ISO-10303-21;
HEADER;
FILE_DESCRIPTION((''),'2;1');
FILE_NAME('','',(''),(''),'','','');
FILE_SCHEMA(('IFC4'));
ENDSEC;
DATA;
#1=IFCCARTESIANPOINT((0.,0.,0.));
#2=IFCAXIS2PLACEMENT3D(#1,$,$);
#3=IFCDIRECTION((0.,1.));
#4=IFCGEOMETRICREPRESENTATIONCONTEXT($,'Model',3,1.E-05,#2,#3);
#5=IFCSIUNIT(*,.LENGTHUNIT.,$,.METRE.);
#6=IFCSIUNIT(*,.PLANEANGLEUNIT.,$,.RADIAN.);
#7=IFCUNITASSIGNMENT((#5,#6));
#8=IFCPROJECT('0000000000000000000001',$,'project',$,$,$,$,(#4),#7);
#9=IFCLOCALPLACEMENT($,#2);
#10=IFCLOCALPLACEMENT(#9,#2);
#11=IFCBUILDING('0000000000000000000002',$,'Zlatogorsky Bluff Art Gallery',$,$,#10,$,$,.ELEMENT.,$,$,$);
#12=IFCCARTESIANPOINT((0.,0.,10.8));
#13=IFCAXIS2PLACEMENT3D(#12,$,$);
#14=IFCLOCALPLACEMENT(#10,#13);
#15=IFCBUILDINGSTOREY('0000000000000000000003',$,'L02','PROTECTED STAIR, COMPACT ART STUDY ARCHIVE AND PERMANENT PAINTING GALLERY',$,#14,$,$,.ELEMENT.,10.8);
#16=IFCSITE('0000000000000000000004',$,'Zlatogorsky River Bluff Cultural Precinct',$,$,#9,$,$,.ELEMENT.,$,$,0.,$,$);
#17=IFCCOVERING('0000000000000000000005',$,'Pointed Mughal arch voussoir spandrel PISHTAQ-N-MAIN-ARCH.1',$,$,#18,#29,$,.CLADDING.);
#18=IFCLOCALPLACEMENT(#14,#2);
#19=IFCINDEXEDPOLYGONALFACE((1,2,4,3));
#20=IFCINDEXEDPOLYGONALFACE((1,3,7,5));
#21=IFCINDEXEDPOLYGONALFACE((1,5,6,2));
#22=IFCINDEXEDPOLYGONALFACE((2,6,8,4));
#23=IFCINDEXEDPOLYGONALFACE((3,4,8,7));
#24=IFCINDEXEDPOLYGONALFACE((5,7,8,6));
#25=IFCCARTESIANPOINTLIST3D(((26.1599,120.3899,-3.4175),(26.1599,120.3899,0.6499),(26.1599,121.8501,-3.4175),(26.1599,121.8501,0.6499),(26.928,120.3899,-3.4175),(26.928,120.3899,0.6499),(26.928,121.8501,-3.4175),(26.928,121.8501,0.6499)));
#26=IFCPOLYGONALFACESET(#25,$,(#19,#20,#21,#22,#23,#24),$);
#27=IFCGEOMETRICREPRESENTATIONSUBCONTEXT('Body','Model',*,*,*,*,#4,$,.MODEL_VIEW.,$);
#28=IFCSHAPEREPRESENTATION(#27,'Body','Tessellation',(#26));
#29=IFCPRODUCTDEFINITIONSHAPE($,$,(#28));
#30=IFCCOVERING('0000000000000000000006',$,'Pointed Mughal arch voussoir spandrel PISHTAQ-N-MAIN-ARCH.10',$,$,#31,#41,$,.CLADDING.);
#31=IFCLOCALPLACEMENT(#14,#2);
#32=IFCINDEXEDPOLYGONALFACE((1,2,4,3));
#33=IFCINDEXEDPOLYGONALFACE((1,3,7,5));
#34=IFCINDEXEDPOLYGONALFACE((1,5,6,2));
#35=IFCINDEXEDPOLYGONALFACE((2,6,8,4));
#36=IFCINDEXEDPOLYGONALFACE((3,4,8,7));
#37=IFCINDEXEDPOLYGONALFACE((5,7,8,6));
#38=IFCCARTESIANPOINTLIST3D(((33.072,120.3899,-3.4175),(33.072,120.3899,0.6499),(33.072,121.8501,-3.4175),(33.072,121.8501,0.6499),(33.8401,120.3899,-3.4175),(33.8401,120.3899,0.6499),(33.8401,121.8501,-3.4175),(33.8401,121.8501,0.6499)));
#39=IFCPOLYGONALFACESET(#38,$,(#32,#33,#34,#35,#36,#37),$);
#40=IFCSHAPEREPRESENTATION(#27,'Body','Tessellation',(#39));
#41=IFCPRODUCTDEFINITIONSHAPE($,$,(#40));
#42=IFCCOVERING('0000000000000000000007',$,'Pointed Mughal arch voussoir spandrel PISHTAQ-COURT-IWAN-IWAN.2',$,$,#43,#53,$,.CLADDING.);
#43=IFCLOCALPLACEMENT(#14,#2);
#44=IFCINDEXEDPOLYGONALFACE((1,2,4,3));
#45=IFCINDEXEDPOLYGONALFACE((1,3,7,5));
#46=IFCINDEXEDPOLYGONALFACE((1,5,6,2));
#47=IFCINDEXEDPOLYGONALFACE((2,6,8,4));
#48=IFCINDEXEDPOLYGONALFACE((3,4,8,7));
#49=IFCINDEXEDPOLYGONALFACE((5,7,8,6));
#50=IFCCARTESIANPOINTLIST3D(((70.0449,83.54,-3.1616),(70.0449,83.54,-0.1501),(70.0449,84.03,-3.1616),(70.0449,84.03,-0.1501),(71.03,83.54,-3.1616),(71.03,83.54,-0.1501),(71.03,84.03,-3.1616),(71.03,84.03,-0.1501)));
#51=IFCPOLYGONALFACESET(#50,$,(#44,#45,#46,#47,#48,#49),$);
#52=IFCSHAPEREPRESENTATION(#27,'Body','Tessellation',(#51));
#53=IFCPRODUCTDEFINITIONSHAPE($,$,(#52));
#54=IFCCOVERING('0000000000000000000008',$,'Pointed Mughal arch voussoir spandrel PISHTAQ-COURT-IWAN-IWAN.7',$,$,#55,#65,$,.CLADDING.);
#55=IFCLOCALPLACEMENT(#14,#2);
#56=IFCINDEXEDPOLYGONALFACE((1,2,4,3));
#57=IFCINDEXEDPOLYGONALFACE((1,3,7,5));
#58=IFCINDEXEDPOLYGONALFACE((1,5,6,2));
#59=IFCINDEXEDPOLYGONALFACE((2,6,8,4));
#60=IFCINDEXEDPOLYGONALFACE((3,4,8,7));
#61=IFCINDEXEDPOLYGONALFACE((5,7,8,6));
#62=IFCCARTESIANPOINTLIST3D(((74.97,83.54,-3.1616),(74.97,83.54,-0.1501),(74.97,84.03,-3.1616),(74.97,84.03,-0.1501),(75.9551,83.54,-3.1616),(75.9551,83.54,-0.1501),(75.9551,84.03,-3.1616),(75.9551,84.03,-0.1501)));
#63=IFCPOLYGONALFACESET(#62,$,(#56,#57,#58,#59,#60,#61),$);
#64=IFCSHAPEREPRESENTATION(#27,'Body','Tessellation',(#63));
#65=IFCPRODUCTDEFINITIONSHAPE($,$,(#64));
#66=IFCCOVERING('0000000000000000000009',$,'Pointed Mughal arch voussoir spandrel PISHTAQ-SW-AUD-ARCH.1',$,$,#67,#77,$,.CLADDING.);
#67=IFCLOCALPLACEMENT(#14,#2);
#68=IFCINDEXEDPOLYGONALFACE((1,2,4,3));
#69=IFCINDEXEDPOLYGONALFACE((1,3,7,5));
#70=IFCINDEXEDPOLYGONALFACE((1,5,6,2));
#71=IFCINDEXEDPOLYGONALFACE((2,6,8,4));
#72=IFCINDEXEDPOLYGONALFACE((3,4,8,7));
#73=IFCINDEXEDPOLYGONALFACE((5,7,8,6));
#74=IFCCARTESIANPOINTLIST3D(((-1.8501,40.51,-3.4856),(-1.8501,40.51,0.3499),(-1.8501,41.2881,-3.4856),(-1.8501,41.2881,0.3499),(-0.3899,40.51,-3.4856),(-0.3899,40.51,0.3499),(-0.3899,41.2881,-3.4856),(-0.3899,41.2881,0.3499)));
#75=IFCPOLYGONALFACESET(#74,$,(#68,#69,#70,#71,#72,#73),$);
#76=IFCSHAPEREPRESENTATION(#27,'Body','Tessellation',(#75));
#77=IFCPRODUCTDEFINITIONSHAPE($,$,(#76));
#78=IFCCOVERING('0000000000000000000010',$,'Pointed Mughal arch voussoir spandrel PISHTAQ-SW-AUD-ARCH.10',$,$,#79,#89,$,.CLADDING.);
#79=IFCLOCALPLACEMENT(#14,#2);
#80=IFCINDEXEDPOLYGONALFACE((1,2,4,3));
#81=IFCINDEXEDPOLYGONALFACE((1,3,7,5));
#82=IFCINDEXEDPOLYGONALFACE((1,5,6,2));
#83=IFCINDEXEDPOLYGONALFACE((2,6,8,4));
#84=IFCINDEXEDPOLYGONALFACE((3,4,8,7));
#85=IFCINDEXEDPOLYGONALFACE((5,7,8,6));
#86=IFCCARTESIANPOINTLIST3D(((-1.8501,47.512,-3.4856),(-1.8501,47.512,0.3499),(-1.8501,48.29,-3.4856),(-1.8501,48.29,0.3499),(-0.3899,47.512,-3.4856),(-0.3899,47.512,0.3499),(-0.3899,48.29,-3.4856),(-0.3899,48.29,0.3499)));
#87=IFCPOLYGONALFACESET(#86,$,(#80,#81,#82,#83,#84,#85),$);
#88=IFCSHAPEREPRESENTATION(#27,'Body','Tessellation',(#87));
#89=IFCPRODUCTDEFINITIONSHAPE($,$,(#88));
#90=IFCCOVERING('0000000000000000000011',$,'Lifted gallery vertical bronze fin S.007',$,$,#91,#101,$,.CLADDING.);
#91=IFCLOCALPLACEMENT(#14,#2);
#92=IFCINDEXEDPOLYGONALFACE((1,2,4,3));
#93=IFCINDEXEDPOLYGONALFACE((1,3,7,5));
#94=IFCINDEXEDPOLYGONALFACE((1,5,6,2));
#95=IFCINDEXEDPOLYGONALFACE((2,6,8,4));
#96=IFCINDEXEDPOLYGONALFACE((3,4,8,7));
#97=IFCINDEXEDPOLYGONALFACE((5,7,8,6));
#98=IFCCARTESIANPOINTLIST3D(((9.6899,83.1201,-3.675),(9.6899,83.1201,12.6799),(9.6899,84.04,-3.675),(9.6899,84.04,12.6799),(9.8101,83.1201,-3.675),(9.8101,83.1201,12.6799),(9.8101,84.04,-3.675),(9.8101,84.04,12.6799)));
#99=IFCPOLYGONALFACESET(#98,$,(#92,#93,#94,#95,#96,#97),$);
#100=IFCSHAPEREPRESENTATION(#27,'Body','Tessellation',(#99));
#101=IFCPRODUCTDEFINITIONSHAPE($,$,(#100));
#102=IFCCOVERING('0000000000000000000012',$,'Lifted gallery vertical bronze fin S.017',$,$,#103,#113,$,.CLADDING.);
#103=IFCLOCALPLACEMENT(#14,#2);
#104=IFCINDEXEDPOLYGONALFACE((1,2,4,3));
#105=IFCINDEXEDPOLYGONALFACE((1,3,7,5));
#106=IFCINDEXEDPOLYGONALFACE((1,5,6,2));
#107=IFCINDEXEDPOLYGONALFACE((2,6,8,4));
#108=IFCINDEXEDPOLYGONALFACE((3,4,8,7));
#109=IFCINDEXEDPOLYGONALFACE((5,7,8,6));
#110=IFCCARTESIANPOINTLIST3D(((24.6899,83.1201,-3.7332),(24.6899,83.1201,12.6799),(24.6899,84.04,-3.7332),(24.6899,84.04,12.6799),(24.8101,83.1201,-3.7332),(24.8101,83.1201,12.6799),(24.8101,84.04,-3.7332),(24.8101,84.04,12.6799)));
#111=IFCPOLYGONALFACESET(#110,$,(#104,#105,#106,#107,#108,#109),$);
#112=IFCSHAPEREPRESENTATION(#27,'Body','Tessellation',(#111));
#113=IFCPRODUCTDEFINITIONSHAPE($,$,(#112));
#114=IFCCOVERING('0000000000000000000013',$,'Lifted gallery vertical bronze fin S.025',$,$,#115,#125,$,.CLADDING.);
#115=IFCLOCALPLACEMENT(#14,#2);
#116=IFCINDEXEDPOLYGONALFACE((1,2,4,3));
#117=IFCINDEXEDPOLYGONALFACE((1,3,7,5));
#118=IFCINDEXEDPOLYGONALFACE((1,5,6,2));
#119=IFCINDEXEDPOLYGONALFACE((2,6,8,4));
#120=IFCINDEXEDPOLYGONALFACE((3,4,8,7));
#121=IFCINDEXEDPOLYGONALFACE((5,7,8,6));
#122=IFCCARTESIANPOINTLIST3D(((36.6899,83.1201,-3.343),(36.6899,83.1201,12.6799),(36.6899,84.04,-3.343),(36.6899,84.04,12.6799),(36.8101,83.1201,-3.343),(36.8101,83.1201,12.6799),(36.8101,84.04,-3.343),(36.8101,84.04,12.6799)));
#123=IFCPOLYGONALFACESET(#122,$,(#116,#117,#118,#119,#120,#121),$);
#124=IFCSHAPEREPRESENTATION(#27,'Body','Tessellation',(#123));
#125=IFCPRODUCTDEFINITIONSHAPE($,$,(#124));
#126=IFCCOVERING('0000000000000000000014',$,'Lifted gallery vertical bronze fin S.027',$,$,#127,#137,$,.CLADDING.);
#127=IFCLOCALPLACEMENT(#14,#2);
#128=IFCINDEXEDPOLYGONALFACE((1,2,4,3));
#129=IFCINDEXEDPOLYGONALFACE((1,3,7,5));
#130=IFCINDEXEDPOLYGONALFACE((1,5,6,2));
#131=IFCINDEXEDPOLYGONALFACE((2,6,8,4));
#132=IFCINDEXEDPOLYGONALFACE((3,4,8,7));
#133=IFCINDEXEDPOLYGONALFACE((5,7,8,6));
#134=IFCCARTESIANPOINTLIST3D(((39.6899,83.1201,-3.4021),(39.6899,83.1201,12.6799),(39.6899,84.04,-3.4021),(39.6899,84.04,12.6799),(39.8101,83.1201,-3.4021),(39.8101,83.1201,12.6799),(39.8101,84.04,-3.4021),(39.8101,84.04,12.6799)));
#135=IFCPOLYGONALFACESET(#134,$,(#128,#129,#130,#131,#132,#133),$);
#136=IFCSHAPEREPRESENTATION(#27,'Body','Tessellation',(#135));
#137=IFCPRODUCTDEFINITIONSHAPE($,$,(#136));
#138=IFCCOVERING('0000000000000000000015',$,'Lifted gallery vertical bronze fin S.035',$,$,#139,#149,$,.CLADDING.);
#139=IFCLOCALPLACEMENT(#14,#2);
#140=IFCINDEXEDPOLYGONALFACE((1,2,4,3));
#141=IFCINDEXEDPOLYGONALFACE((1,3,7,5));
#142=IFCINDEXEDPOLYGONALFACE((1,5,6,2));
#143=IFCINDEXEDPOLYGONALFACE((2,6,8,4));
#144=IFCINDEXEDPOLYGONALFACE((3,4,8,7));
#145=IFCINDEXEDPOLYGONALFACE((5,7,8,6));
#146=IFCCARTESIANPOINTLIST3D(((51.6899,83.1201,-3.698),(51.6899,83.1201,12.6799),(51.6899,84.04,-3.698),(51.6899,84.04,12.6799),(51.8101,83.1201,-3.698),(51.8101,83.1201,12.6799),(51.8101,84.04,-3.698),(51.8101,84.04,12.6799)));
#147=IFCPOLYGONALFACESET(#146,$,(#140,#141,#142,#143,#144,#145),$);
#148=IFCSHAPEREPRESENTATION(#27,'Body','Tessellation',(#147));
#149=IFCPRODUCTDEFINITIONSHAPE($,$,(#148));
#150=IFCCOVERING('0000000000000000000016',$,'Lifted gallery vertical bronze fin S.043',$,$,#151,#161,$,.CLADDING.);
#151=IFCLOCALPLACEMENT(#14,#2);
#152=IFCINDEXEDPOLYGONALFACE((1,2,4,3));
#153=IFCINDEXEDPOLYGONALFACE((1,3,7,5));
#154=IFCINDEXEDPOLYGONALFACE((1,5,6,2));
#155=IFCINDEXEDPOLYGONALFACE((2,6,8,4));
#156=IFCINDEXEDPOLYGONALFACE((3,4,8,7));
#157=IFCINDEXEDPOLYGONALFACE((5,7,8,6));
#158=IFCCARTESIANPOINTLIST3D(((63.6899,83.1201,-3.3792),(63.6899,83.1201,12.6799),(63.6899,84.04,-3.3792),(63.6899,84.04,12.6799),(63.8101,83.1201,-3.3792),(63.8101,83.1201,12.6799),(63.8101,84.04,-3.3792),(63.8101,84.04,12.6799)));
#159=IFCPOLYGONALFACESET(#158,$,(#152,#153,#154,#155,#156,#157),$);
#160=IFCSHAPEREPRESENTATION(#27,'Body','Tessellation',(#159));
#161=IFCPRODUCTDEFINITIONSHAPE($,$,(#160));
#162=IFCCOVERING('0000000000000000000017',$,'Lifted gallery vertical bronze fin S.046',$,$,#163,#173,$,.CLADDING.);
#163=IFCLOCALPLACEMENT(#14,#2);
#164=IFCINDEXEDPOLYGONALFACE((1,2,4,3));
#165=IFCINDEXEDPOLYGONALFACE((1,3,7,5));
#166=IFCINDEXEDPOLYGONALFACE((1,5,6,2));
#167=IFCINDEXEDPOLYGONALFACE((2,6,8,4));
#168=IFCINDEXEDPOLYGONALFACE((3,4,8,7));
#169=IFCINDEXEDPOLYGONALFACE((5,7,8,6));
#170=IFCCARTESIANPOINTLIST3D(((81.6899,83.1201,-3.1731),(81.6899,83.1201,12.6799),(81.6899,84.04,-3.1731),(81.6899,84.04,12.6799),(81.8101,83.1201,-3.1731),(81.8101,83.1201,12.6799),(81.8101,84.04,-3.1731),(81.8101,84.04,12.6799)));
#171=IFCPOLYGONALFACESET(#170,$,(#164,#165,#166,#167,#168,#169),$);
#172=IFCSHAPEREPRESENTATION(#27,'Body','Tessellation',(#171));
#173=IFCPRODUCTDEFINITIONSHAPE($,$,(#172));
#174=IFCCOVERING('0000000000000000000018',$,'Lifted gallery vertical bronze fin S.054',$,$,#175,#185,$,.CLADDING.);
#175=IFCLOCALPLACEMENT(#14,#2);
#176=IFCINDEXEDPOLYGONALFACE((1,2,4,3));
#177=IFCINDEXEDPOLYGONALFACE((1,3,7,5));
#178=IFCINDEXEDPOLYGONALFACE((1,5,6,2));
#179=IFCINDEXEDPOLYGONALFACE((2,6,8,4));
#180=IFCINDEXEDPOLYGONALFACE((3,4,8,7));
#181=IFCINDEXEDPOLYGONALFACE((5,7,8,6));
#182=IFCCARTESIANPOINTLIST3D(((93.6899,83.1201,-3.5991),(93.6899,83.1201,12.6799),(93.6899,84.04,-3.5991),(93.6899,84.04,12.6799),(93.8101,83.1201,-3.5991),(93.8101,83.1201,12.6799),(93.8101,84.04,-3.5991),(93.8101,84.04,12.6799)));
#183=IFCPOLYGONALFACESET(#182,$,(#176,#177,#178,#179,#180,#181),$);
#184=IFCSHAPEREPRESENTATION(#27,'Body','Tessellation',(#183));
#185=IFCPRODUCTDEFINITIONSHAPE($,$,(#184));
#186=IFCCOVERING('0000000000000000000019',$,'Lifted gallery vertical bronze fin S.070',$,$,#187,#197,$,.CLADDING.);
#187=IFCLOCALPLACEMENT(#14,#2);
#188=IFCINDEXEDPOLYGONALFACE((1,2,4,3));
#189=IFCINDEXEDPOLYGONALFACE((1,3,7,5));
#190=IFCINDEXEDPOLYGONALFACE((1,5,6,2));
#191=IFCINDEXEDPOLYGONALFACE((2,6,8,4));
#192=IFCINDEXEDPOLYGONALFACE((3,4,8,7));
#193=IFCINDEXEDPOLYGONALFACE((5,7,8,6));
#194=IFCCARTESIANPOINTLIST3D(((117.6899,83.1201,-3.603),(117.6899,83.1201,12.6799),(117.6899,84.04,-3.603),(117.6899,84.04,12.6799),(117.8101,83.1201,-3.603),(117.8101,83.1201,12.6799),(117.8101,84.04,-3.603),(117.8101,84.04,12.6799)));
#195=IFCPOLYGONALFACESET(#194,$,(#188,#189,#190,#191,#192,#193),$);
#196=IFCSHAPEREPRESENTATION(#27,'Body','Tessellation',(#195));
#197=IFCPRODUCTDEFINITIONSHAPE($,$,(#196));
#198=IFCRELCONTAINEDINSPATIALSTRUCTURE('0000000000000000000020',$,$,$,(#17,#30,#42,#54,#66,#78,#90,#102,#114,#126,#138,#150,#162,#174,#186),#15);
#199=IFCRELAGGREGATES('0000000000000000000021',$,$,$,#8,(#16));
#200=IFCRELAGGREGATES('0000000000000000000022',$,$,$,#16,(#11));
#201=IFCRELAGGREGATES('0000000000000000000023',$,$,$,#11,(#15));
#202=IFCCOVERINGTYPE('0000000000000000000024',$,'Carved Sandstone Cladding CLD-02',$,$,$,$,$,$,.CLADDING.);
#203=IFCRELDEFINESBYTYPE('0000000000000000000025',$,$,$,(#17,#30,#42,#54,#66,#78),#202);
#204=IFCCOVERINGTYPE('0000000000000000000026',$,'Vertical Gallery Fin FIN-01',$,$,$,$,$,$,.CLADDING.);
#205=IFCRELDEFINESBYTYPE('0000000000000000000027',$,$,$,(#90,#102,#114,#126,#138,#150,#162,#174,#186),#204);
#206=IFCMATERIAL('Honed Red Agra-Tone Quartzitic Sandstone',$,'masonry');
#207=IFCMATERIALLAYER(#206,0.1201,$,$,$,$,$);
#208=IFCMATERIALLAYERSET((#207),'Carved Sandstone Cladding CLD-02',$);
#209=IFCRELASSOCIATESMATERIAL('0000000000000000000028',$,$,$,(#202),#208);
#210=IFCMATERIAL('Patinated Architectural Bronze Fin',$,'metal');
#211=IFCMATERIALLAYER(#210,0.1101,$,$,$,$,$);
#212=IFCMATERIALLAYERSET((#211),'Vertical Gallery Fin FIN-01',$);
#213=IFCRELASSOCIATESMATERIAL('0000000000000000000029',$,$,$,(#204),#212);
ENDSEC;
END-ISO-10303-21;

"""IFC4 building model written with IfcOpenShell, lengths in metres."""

from ifc_helpers import new_model, si_unit, direction, frame, origin, place, context, subcontext, project, spatial, polyline, outline, extrude, material, layer, layer_set, type_object, element, save


model = new_model("IFC4")

# Units and contexts
model_context = context("Model", 3, precision=1e-05, world=origin(), true_north=direction((0.0, 1.0)))
body_context = subcontext(model_context, "Body", "Model", "MODEL_VIEW")
ifc_project = project(units=[si_unit("LENGTHUNIT", "METRE"), si_unit("PLANEANGLEUNIT", "RADIAN")], contexts=[model_context])

# Site, building, storey
site_placement = place(None, origin())
site = spatial("IfcSite", under=ifc_project, at=site_placement, Name="Zlatogorsky River Bluff Cultural Precinct", CompositionType="ELEMENT", RefElevation=0.0)
building_placement = place(site_placement, origin())
building = spatial("IfcBuilding", under=site, at=building_placement, Name="Zlatogorsky Bluff Art Gallery", CompositionType="ELEMENT")
storey_placement = place(building_placement, frame((0.0, 0.0, 10.8)))
storey = spatial("IfcBuildingStorey", under=building, at=storey_placement, Name="L02", Description="PROTECTED STAIR, COMPACT ART STUDY ARCHIVE AND PERMANENT PAINTING GALLERY", CompositionType="ELEMENT", Elevation=10.8)

# Coverings
ifc_material_1 = material(Name="Honed Red Agra-Tone Quartzitic Sandstone", Category="masonry")
ifc_layer_1 = layer(ifc_material_1, 0.1201)
ifc_layer_set_1 = layer_set([ifc_layer_1], Name="Carved Sandstone Cladding CLD-02")
covering_type_1 = type_object("IfcCoveringType", Name="Carved Sandstone Cladding CLD-02", PredefinedType="CLADDING", material=ifc_layer_set_1)
covering_1_placement = place(storey_placement, frame((0.0, 0.0, -3.4175)))
element("IfcCovering", 1, at=covering_1_placement, inside=storey, type_object=covering_type_1, Name="Pointed Mughal arch voussoir spandrel PISHTAQ-N-MAIN-ARCH.1", PredefinedType="CLADDING", context=body_context, shape_type="SweptSolid", body=[
    extrude(outline(polyline([(26.1599, 120.3899), (26.928, 120.3899), (26.928, 121.8501), (26.1599, 121.8501), (26.1599, 120.3899)])), origin(), (0.0, 0.0, 1.0), 4.0674),
])
covering_2_placement = place(storey_placement, frame((0.0, 0.0, -3.4175)))
element("IfcCovering", 2, at=covering_2_placement, inside=storey, type_object=covering_type_1, Name="Pointed Mughal arch voussoir spandrel PISHTAQ-N-MAIN-ARCH.10", PredefinedType="CLADDING", context=body_context, shape_type="SweptSolid", body=[
    extrude(outline(polyline([(33.072, 120.3899), (33.8401, 120.3899), (33.8401, 121.8501), (33.072, 121.8501), (33.072, 120.3899)])), origin(), (0.0, 0.0, 1.0), 4.0674),
])
covering_3_placement = place(storey_placement, frame((0.0, 0.0, -3.1616)))
element("IfcCovering", 3, at=covering_3_placement, inside=storey, type_object=covering_type_1, Name="Pointed Mughal arch voussoir spandrel PISHTAQ-COURT-IWAN-IWAN.2", PredefinedType="CLADDING", context=body_context, shape_type="SweptSolid", body=[
    extrude(outline(polyline([(70.0449, 83.54), (71.03, 83.54), (71.03, 84.03), (70.0449, 84.03), (70.0449, 83.54)])), origin(), (0.0, 0.0, 1.0), 3.0115),
])
covering_4_placement = place(storey_placement, frame((0.0, 0.0, -3.1616)))
element("IfcCovering", 4, at=covering_4_placement, inside=storey, type_object=covering_type_1, Name="Pointed Mughal arch voussoir spandrel PISHTAQ-COURT-IWAN-IWAN.7", PredefinedType="CLADDING", context=body_context, shape_type="SweptSolid", body=[
    extrude(outline(polyline([(74.97, 83.54), (75.9551, 83.54), (75.9551, 84.03), (74.97, 84.03), (74.97, 83.54)])), origin(), (0.0, 0.0, 1.0), 3.0115),
])
covering_5_placement = place(storey_placement, frame((0.0, 0.0, -3.4856)))
element("IfcCovering", 5, at=covering_5_placement, inside=storey, type_object=covering_type_1, Name="Pointed Mughal arch voussoir spandrel PISHTAQ-SW-AUD-ARCH.1", PredefinedType="CLADDING", context=body_context, shape_type="SweptSolid", body=[
    extrude(outline(polyline([(-1.8501, 40.51), (-1.8501, 41.2881), (-0.3899, 41.2881), (-0.3899, 40.51), (-1.8501, 40.51)])), origin(), (0.0, 0.0, 1.0), 3.8354),
])
covering_6_placement = place(storey_placement, frame((0.0, 0.0, -3.4856)))
element("IfcCovering", 6, at=covering_6_placement, inside=storey, type_object=covering_type_1, Name="Pointed Mughal arch voussoir spandrel PISHTAQ-SW-AUD-ARCH.10", PredefinedType="CLADDING", context=body_context, shape_type="SweptSolid", body=[
    extrude(outline(polyline([(-1.8501, 47.512), (-1.8501, 48.29), (-0.3899, 48.29), (-0.3899, 47.512), (-1.8501, 47.512)])), origin(), (0.0, 0.0, 1.0), 3.8354),
])
ifc_material_2 = material(Name="Patinated Architectural Bronze Fin", Category="metal")
ifc_layer_2 = layer(ifc_material_2, 0.1101)
ifc_layer_set_2 = layer_set([ifc_layer_2], Name="Vertical Gallery Fin FIN-01")
covering_type_2 = type_object("IfcCoveringType", Name="Vertical Gallery Fin FIN-01", PredefinedType="CLADDING", material=ifc_layer_set_2)
covering_7_placement = place(storey_placement, frame((0.0, 0.0, -3.675)))
element("IfcCovering", 7, at=covering_7_placement, inside=storey, type_object=covering_type_2, Name="Lifted gallery vertical bronze fin S.007", PredefinedType="CLADDING", context=body_context, shape_type="SweptSolid", body=[
    extrude(outline(polyline([(9.6899, 83.1201), (9.8101, 83.1201), (9.8101, 84.04), (9.6899, 84.04), (9.6899, 83.1201)])), origin(), (0.0, 0.0, 1.0), 16.355),
])
covering_8_placement = place(storey_placement, frame((0.0, 0.0, -3.7332)))
element("IfcCovering", 8, at=covering_8_placement, inside=storey, type_object=covering_type_2, Name="Lifted gallery vertical bronze fin S.017", PredefinedType="CLADDING", context=body_context, shape_type="SweptSolid", body=[
    extrude(outline(polyline([(24.6899, 83.1201), (24.8101, 83.1201), (24.8101, 84.04), (24.6899, 84.04), (24.6899, 83.1201)])), origin(), (0.0, 0.0, 1.0), 16.4131),
])
covering_9_placement = place(storey_placement, frame((0.0, 0.0, -3.343)))
element("IfcCovering", 9, at=covering_9_placement, inside=storey, type_object=covering_type_2, Name="Lifted gallery vertical bronze fin S.025", PredefinedType="CLADDING", context=body_context, shape_type="SweptSolid", body=[
    extrude(outline(polyline([(36.6899, 83.1201), (36.8101, 83.1201), (36.8101, 84.04), (36.6899, 84.04), (36.6899, 83.1201)])), origin(), (0.0, 0.0, 1.0), 16.0229),
])
covering_10_placement = place(storey_placement, frame((0.0, 0.0, -3.4021)))
element("IfcCovering", 10, at=covering_10_placement, inside=storey, type_object=covering_type_2, Name="Lifted gallery vertical bronze fin S.027", PredefinedType="CLADDING", context=body_context, shape_type="SweptSolid", body=[
    extrude(outline(polyline([(39.6899, 83.1201), (39.8101, 83.1201), (39.8101, 84.04), (39.6899, 84.04), (39.6899, 83.1201)])), origin(), (0.0, 0.0, 1.0), 16.082),
])
covering_11_placement = place(storey_placement, frame((0.0, 0.0, -3.698)))
element("IfcCovering", 11, at=covering_11_placement, inside=storey, type_object=covering_type_2, Name="Lifted gallery vertical bronze fin S.035", PredefinedType="CLADDING", context=body_context, shape_type="SweptSolid", body=[
    extrude(outline(polyline([(51.6899, 83.1201), (51.8101, 83.1201), (51.8101, 84.04), (51.6899, 84.04), (51.6899, 83.1201)])), origin(), (0.0, 0.0, 1.0), 16.3779),
])
covering_12_placement = place(storey_placement, frame((0.0, 0.0, -3.3792)))
element("IfcCovering", 12, at=covering_12_placement, inside=storey, type_object=covering_type_2, Name="Lifted gallery vertical bronze fin S.043", PredefinedType="CLADDING", context=body_context, shape_type="SweptSolid", body=[
    extrude(outline(polyline([(63.6899, 83.1201), (63.8101, 83.1201), (63.8101, 84.04), (63.6899, 84.04), (63.6899, 83.1201)])), origin(), (0.0, 0.0, 1.0), 16.0591),
])
covering_13_placement = place(storey_placement, frame((0.0, 0.0, -3.1731)))
element("IfcCovering", 13, at=covering_13_placement, inside=storey, type_object=covering_type_2, Name="Lifted gallery vertical bronze fin S.046", PredefinedType="CLADDING", context=body_context, shape_type="SweptSolid", body=[
    extrude(outline(polyline([(81.6899, 83.1201), (81.8101, 83.1201), (81.8101, 84.04), (81.6899, 84.04), (81.6899, 83.1201)])), origin(), (0.0, 0.0, 1.0), 15.853),
])
covering_14_placement = place(storey_placement, frame((0.0, 0.0, -3.5991)))
element("IfcCovering", 14, at=covering_14_placement, inside=storey, type_object=covering_type_2, Name="Lifted gallery vertical bronze fin S.054", PredefinedType="CLADDING", context=body_context, shape_type="SweptSolid", body=[
    extrude(outline(polyline([(93.6899, 83.1201), (93.8101, 83.1201), (93.8101, 84.04), (93.6899, 84.04), (93.6899, 83.1201)])), origin(), (0.0, 0.0, 1.0), 16.2791),
])
covering_15_placement = place(storey_placement, frame((0.0, 0.0, -3.603)))
element("IfcCovering", 15, at=covering_15_placement, inside=storey, type_object=covering_type_2, Name="Lifted gallery vertical bronze fin S.070", PredefinedType="CLADDING", context=body_context, shape_type="SweptSolid", body=[
    extrude(outline(polyline([(117.6899, 83.1201), (117.8101, 83.1201), (117.8101, 84.04), (117.6899, 84.04), (117.6899, 83.1201)])), origin(), (0.0, 0.0, 1.0), 16.283),
])

save(model, "model.ifc")
